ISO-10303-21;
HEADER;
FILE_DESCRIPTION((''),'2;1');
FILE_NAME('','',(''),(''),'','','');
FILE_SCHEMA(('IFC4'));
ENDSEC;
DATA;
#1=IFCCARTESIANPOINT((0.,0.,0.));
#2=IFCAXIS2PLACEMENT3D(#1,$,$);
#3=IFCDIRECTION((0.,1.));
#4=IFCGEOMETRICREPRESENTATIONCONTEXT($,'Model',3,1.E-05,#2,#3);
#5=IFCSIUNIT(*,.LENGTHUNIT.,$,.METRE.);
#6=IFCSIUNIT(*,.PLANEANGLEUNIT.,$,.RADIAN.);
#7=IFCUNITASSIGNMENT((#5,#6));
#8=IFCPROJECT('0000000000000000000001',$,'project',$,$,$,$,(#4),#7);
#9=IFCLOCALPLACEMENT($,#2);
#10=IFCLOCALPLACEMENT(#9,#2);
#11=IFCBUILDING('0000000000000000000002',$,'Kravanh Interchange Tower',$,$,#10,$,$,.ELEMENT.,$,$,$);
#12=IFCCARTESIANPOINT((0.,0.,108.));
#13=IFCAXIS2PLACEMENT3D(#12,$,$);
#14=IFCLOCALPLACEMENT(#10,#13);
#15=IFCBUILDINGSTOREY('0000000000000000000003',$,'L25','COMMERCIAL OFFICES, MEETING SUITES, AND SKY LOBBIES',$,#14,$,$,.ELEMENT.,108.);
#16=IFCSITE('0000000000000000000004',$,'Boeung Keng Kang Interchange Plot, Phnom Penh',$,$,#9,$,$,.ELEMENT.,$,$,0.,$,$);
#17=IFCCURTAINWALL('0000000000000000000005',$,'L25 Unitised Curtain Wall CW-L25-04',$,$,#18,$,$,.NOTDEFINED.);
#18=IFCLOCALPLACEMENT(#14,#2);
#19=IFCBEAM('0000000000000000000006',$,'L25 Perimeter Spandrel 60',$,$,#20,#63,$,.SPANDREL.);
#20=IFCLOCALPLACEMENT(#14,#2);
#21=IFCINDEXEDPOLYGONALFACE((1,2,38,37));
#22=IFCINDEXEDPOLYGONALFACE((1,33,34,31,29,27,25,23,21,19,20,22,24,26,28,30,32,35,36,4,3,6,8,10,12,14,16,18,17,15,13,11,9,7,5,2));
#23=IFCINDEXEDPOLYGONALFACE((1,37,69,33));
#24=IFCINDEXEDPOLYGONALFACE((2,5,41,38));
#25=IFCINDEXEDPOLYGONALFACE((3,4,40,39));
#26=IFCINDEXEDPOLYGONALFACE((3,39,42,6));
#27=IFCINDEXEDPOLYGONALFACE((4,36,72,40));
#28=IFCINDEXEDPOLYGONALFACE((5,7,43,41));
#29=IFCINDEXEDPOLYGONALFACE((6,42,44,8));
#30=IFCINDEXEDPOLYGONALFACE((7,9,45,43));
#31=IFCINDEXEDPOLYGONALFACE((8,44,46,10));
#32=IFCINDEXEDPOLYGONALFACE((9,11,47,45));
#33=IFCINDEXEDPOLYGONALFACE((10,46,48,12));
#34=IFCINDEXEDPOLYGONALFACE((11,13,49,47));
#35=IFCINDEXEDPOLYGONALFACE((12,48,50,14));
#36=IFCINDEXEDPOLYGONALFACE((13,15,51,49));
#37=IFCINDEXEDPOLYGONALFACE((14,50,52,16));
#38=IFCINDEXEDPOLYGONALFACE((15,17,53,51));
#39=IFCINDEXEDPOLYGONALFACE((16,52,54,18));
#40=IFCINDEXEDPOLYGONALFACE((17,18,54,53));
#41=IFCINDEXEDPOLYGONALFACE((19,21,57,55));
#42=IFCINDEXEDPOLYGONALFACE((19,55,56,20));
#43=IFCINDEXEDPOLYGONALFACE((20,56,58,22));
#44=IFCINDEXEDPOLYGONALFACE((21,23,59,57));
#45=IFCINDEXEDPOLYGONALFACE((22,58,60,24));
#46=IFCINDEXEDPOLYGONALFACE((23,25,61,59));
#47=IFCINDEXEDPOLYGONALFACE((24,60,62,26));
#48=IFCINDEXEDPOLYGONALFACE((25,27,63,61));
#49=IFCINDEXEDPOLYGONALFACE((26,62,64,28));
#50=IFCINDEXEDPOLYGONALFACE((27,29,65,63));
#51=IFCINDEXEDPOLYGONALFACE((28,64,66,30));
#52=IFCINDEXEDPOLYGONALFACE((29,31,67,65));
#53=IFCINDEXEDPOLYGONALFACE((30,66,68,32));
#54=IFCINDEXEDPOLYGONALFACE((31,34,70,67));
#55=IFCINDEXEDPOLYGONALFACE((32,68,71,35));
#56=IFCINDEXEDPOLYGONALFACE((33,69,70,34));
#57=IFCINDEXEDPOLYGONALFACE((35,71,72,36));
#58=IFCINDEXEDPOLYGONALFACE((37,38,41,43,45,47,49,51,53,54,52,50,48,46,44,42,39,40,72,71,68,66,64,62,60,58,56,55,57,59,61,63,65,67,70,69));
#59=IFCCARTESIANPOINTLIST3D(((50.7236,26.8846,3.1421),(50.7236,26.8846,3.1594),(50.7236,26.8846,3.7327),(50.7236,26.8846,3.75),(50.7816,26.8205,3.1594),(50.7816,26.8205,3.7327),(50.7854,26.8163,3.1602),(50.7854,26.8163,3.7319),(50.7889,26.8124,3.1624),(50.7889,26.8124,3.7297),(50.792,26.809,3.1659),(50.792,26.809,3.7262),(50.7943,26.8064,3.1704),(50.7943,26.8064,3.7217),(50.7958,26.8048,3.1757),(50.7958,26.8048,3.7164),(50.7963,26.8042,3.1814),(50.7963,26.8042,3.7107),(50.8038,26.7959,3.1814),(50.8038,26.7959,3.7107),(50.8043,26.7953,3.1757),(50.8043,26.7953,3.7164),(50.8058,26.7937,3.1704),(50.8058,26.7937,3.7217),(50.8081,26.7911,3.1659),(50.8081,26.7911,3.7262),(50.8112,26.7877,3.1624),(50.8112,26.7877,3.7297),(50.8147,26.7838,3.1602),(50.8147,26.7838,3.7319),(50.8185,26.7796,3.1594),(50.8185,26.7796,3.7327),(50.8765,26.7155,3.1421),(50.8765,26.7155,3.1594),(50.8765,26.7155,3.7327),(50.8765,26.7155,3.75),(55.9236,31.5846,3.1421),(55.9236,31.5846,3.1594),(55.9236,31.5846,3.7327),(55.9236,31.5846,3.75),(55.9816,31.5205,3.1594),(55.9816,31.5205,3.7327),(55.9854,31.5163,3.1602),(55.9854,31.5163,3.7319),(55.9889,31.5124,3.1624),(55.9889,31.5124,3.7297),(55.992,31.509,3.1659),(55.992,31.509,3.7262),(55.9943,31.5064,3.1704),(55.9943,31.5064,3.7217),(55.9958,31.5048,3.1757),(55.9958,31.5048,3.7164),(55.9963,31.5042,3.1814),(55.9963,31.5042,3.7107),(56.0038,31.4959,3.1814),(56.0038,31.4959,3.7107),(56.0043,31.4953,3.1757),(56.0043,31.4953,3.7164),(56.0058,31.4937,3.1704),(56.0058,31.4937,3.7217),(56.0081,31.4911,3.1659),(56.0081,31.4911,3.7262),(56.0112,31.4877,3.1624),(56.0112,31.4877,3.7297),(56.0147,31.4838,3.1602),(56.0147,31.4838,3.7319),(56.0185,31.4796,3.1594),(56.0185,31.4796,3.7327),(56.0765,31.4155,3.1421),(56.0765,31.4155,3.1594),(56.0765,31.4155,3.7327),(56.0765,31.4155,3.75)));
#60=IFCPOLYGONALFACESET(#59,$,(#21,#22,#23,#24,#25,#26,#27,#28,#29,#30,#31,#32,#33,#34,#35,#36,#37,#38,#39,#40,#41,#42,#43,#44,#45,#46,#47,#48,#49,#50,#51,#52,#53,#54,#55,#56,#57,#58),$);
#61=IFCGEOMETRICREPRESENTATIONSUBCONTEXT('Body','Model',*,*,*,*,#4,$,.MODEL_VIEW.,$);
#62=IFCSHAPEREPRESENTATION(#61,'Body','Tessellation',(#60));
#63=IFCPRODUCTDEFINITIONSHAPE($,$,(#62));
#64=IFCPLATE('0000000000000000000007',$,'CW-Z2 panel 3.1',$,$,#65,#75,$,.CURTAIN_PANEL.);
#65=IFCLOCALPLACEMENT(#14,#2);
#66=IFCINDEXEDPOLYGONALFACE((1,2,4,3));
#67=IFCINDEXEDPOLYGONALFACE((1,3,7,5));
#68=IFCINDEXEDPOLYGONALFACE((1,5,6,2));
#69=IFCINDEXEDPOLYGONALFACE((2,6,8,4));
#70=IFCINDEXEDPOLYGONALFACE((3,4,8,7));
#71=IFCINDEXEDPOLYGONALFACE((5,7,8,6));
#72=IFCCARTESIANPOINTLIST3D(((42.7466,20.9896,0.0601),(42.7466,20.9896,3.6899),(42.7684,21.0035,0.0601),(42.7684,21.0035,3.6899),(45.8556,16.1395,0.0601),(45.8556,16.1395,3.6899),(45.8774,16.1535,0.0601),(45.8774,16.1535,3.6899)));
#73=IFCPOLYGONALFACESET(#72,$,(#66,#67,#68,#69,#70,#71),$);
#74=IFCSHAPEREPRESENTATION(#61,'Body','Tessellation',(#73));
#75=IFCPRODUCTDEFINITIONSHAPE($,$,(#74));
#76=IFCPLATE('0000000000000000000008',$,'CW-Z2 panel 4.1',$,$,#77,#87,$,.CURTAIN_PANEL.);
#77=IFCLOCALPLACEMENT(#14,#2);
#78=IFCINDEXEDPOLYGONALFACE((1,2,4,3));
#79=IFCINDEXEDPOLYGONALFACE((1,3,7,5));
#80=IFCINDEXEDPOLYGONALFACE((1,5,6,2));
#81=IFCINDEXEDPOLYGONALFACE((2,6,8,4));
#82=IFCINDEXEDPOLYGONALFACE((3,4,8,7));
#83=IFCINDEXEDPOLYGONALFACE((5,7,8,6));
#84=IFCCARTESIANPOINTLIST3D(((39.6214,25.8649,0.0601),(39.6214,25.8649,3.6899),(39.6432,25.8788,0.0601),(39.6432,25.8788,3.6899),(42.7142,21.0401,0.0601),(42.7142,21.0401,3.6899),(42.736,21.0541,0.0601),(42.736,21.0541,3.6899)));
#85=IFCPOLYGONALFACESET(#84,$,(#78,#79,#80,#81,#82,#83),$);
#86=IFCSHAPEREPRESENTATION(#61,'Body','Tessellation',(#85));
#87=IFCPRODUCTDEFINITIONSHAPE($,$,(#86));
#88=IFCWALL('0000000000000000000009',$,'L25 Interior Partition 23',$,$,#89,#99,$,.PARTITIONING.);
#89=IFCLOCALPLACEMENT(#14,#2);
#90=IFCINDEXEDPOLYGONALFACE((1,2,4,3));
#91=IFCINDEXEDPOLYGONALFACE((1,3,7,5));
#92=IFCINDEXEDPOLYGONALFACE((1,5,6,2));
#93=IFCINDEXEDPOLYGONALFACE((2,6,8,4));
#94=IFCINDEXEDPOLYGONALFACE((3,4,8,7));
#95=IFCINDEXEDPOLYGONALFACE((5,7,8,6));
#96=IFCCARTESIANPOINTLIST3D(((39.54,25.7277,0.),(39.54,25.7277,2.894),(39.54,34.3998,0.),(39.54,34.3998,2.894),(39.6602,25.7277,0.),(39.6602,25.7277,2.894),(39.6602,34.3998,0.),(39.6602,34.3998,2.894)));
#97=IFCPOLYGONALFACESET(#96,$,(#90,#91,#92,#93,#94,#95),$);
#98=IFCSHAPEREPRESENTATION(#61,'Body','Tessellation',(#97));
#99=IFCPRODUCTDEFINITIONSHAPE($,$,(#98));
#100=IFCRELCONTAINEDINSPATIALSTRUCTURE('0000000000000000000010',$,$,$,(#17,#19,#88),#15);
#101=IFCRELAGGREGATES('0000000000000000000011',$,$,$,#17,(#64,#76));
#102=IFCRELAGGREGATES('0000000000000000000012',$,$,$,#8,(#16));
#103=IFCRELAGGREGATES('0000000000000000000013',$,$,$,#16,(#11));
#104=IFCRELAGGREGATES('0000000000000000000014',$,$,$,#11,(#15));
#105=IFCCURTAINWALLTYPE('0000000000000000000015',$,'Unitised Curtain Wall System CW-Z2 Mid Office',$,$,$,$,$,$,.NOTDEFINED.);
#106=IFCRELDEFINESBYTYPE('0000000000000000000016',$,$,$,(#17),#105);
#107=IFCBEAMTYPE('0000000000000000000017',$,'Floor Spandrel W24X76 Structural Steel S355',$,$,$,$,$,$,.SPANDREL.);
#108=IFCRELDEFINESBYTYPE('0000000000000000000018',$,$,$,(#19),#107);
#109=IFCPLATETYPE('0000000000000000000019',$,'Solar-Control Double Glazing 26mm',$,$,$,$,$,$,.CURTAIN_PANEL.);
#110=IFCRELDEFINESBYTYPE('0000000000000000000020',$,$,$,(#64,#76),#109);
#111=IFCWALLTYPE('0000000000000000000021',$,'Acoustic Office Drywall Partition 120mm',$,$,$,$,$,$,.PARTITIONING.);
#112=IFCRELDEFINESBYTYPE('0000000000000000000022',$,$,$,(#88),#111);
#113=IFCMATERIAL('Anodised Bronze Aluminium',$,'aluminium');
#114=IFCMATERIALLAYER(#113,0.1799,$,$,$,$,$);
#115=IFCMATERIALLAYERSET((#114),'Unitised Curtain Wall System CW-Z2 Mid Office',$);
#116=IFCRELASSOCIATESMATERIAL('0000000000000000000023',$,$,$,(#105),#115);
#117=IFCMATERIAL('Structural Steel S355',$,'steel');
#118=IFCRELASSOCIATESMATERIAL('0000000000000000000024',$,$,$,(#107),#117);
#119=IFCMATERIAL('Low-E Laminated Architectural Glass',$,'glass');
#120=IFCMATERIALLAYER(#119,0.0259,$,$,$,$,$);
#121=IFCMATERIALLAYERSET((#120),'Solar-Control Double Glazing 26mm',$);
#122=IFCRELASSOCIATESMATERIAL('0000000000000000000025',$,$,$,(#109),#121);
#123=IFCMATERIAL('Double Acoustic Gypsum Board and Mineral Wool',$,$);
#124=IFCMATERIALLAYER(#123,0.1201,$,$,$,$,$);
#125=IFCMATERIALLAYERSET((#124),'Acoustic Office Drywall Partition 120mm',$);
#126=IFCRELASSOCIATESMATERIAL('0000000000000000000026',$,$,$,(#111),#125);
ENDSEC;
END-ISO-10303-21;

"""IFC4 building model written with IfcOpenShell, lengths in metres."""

from ifc_helpers import new_model, si_unit, direction, frame, frame_2d, origin, origin_2d, place, context, subcontext, project, spatial, rectangle, i_section, extrude, material, layer, layer_set, material_profile, profile_set, type_object, element, aggregate, save


model = new_model("IFC4")

# Units and contexts
model_context = context("Model", 3, precision=1e-05, world=origin(), true_north=direction((0.0, 1.0)))
body_context = subcontext(model_context, "Body", "Model", "MODEL_VIEW")
ifc_project = project(units=[si_unit("LENGTHUNIT", "METRE"), si_unit("PLANEANGLEUNIT", "RADIAN")], contexts=[model_context])

# Site, building, storey
site_placement = place(None, origin())
site = spatial("IfcSite", under=ifc_project, at=site_placement, Name="Boeung Keng Kang Interchange Plot, Phnom Penh", CompositionType="ELEMENT", RefElevation=0.0)
building_placement = place(site_placement, origin())
building = spatial("IfcBuilding", under=site, at=building_placement, Name="Kravanh Interchange Tower", CompositionType="ELEMENT")
storey_placement = place(building_placement, frame((0.0, 0.0, 108.0)))
storey = spatial("IfcBuildingStorey", under=building, at=storey_placement, Name="L25", Description="COMMERCIAL OFFICES, MEETING SUITES, AND SKY LOBBIES", CompositionType="ELEMENT", Elevation=108.0)

# Curtain wall
ifc_material_1 = material(Name="Anodised Bronze Aluminium", Category="aluminium")
ifc_layer_1 = layer(ifc_material_1, 0.1799)
ifc_layer_set_1 = layer_set([ifc_layer_1], Name="Unitised Curtain Wall System CW-Z2 Mid Office")
curtain_wall_type = type_object("IfcCurtainWallType", Name="Unitised Curtain Wall System CW-Z2 Mid Office", PredefinedType="NOTDEFINED", material=ifc_layer_set_1)
curtain_wall_1_placement = place(storey_placement, origin())
curtain_wall_1 = element("IfcCurtainWall", 1, at=curtain_wall_1_placement, inside=storey, type_object=curtain_wall_type, Name="L25 Unitised Curtain Wall CW-L25-04", PredefinedType="NOTDEFINED")

# Beam
ifc_material_2 = material(Name="Structural Steel S355", Category="steel")
ifc_material_profile_1 = material_profile(ifc_material_2, i_section(OverallWidth=0.228, OverallDepth=0.6079, WebThickness=0.0112, FlangeThickness=0.0173, FilletRadius=0.022, at=origin_2d()), Name="W24X76")
ifc_profile_set_1 = profile_set([ifc_material_profile_1], Name="Structural Steel S355")
beam_type_1 = type_object("IfcBeamType", Name="Floor Spandrel W24X76 Structural Steel S355", PredefinedType="SPANDREL", material=ifc_profile_set_1)
beam_1_placement = place(storey_placement, frame((50.8, 26.8, 3.446), z_axis=(0.741874, 0.670539, 0.0), x_axis=(-0.670539, 0.741874, 0.0)))
element("IfcBeam", 2, at=beam_1_placement, inside=storey, type_object=beam_type_1, Name="L25 Perimeter Spandrel 60", PredefinedType="SPANDREL", context=body_context, shape_type="SweptSolid", body=[
    extrude(i_section(OverallWidth=0.228, OverallDepth=0.6079, WebThickness=0.0112, FlangeThickness=0.0173, FilletRadius=0.022, at=origin_2d()), origin(), (0.0, 0.0, 1.0), 7.0093),
])

# Plates
ifc_material_3 = material(Name="Low-E Laminated Architectural Glass", Category="glass")
ifc_layer_2 = layer(ifc_material_3, 0.0259)
ifc_layer_set_2 = layer_set([ifc_layer_2], Name="Solar-Control Double Glazing 26mm")
plate_type = type_object("IfcPlateType", Name="Solar-Control Double Glazing 26mm", PredefinedType="CURTAIN_PANEL", material=ifc_layer_set_2)
plate_1_placement = place(storey_placement, frame((44.312, 18.5715, 0.0601), z_axis=(0.0, 0.0, 1.0), x_axis=(-0.539665, 0.84188, 0.0)))
plate_1 = element("IfcPlate", 3, at=plate_1_placement, type_object=plate_type, Name="CW-Z2 panel 3.1", PredefinedType="CURTAIN_PANEL", context=body_context, shape_type="SweptSolid", body=[
    extrude(rectangle(XDim=5.761, YDim=0.0259, at=origin_2d()), origin(), (0.0, 0.0, 1.0), 3.6299),
])
plate_2_placement = place(storey_placement, frame((41.1787, 23.4595, 0.0601), z_axis=(0.0, 0.0, 1.0), x_axis=(-0.539665, 0.84188, 0.0)))
plate_2 = element("IfcPlate", 4, at=plate_2_placement, type_object=plate_type, Name="CW-Z2 panel 4.1", PredefinedType="CURTAIN_PANEL", context=body_context, shape_type="SweptSolid", body=[
    extrude(rectangle(XDim=5.731, YDim=0.0259, at=origin_2d()), origin(), (0.0, 0.0, 1.0), 3.6299),
])
aggregate(curtain_wall_1, [plate_1, plate_2])

# Wall
ifc_material_4 = material(Name="Double Acoustic Gypsum Board and Mineral Wool")
ifc_layer_3 = layer(ifc_material_4, 0.1201)
ifc_layer_set_3 = layer_set([ifc_layer_3], Name="Acoustic Office Drywall Partition 120mm")
wall_type = type_object("IfcWallType", Name="Acoustic Office Drywall Partition 120mm", PredefinedType="PARTITIONING", material=ifc_layer_set_3)
wall_placement = place(storey_placement, frame((39.6001, 25.7278, 0.0), z_axis=(0.0, 0.0, 1.0), x_axis=(0.0, 1.0, 0.0)))
element("IfcWall", 5, at=wall_placement, inside=storey, type_object=wall_type, Name="L25 Interior Partition 23", PredefinedType="PARTITIONING", context=body_context, shape_type="SweptSolid", body=[
    extrude(rectangle(XDim=8.6721, YDim=0.1201, at=frame_2d((4.3359, 0.0))), origin(), (0.0, 0.0, 1.0), 2.894),
])

save(model, "model.ifc")
